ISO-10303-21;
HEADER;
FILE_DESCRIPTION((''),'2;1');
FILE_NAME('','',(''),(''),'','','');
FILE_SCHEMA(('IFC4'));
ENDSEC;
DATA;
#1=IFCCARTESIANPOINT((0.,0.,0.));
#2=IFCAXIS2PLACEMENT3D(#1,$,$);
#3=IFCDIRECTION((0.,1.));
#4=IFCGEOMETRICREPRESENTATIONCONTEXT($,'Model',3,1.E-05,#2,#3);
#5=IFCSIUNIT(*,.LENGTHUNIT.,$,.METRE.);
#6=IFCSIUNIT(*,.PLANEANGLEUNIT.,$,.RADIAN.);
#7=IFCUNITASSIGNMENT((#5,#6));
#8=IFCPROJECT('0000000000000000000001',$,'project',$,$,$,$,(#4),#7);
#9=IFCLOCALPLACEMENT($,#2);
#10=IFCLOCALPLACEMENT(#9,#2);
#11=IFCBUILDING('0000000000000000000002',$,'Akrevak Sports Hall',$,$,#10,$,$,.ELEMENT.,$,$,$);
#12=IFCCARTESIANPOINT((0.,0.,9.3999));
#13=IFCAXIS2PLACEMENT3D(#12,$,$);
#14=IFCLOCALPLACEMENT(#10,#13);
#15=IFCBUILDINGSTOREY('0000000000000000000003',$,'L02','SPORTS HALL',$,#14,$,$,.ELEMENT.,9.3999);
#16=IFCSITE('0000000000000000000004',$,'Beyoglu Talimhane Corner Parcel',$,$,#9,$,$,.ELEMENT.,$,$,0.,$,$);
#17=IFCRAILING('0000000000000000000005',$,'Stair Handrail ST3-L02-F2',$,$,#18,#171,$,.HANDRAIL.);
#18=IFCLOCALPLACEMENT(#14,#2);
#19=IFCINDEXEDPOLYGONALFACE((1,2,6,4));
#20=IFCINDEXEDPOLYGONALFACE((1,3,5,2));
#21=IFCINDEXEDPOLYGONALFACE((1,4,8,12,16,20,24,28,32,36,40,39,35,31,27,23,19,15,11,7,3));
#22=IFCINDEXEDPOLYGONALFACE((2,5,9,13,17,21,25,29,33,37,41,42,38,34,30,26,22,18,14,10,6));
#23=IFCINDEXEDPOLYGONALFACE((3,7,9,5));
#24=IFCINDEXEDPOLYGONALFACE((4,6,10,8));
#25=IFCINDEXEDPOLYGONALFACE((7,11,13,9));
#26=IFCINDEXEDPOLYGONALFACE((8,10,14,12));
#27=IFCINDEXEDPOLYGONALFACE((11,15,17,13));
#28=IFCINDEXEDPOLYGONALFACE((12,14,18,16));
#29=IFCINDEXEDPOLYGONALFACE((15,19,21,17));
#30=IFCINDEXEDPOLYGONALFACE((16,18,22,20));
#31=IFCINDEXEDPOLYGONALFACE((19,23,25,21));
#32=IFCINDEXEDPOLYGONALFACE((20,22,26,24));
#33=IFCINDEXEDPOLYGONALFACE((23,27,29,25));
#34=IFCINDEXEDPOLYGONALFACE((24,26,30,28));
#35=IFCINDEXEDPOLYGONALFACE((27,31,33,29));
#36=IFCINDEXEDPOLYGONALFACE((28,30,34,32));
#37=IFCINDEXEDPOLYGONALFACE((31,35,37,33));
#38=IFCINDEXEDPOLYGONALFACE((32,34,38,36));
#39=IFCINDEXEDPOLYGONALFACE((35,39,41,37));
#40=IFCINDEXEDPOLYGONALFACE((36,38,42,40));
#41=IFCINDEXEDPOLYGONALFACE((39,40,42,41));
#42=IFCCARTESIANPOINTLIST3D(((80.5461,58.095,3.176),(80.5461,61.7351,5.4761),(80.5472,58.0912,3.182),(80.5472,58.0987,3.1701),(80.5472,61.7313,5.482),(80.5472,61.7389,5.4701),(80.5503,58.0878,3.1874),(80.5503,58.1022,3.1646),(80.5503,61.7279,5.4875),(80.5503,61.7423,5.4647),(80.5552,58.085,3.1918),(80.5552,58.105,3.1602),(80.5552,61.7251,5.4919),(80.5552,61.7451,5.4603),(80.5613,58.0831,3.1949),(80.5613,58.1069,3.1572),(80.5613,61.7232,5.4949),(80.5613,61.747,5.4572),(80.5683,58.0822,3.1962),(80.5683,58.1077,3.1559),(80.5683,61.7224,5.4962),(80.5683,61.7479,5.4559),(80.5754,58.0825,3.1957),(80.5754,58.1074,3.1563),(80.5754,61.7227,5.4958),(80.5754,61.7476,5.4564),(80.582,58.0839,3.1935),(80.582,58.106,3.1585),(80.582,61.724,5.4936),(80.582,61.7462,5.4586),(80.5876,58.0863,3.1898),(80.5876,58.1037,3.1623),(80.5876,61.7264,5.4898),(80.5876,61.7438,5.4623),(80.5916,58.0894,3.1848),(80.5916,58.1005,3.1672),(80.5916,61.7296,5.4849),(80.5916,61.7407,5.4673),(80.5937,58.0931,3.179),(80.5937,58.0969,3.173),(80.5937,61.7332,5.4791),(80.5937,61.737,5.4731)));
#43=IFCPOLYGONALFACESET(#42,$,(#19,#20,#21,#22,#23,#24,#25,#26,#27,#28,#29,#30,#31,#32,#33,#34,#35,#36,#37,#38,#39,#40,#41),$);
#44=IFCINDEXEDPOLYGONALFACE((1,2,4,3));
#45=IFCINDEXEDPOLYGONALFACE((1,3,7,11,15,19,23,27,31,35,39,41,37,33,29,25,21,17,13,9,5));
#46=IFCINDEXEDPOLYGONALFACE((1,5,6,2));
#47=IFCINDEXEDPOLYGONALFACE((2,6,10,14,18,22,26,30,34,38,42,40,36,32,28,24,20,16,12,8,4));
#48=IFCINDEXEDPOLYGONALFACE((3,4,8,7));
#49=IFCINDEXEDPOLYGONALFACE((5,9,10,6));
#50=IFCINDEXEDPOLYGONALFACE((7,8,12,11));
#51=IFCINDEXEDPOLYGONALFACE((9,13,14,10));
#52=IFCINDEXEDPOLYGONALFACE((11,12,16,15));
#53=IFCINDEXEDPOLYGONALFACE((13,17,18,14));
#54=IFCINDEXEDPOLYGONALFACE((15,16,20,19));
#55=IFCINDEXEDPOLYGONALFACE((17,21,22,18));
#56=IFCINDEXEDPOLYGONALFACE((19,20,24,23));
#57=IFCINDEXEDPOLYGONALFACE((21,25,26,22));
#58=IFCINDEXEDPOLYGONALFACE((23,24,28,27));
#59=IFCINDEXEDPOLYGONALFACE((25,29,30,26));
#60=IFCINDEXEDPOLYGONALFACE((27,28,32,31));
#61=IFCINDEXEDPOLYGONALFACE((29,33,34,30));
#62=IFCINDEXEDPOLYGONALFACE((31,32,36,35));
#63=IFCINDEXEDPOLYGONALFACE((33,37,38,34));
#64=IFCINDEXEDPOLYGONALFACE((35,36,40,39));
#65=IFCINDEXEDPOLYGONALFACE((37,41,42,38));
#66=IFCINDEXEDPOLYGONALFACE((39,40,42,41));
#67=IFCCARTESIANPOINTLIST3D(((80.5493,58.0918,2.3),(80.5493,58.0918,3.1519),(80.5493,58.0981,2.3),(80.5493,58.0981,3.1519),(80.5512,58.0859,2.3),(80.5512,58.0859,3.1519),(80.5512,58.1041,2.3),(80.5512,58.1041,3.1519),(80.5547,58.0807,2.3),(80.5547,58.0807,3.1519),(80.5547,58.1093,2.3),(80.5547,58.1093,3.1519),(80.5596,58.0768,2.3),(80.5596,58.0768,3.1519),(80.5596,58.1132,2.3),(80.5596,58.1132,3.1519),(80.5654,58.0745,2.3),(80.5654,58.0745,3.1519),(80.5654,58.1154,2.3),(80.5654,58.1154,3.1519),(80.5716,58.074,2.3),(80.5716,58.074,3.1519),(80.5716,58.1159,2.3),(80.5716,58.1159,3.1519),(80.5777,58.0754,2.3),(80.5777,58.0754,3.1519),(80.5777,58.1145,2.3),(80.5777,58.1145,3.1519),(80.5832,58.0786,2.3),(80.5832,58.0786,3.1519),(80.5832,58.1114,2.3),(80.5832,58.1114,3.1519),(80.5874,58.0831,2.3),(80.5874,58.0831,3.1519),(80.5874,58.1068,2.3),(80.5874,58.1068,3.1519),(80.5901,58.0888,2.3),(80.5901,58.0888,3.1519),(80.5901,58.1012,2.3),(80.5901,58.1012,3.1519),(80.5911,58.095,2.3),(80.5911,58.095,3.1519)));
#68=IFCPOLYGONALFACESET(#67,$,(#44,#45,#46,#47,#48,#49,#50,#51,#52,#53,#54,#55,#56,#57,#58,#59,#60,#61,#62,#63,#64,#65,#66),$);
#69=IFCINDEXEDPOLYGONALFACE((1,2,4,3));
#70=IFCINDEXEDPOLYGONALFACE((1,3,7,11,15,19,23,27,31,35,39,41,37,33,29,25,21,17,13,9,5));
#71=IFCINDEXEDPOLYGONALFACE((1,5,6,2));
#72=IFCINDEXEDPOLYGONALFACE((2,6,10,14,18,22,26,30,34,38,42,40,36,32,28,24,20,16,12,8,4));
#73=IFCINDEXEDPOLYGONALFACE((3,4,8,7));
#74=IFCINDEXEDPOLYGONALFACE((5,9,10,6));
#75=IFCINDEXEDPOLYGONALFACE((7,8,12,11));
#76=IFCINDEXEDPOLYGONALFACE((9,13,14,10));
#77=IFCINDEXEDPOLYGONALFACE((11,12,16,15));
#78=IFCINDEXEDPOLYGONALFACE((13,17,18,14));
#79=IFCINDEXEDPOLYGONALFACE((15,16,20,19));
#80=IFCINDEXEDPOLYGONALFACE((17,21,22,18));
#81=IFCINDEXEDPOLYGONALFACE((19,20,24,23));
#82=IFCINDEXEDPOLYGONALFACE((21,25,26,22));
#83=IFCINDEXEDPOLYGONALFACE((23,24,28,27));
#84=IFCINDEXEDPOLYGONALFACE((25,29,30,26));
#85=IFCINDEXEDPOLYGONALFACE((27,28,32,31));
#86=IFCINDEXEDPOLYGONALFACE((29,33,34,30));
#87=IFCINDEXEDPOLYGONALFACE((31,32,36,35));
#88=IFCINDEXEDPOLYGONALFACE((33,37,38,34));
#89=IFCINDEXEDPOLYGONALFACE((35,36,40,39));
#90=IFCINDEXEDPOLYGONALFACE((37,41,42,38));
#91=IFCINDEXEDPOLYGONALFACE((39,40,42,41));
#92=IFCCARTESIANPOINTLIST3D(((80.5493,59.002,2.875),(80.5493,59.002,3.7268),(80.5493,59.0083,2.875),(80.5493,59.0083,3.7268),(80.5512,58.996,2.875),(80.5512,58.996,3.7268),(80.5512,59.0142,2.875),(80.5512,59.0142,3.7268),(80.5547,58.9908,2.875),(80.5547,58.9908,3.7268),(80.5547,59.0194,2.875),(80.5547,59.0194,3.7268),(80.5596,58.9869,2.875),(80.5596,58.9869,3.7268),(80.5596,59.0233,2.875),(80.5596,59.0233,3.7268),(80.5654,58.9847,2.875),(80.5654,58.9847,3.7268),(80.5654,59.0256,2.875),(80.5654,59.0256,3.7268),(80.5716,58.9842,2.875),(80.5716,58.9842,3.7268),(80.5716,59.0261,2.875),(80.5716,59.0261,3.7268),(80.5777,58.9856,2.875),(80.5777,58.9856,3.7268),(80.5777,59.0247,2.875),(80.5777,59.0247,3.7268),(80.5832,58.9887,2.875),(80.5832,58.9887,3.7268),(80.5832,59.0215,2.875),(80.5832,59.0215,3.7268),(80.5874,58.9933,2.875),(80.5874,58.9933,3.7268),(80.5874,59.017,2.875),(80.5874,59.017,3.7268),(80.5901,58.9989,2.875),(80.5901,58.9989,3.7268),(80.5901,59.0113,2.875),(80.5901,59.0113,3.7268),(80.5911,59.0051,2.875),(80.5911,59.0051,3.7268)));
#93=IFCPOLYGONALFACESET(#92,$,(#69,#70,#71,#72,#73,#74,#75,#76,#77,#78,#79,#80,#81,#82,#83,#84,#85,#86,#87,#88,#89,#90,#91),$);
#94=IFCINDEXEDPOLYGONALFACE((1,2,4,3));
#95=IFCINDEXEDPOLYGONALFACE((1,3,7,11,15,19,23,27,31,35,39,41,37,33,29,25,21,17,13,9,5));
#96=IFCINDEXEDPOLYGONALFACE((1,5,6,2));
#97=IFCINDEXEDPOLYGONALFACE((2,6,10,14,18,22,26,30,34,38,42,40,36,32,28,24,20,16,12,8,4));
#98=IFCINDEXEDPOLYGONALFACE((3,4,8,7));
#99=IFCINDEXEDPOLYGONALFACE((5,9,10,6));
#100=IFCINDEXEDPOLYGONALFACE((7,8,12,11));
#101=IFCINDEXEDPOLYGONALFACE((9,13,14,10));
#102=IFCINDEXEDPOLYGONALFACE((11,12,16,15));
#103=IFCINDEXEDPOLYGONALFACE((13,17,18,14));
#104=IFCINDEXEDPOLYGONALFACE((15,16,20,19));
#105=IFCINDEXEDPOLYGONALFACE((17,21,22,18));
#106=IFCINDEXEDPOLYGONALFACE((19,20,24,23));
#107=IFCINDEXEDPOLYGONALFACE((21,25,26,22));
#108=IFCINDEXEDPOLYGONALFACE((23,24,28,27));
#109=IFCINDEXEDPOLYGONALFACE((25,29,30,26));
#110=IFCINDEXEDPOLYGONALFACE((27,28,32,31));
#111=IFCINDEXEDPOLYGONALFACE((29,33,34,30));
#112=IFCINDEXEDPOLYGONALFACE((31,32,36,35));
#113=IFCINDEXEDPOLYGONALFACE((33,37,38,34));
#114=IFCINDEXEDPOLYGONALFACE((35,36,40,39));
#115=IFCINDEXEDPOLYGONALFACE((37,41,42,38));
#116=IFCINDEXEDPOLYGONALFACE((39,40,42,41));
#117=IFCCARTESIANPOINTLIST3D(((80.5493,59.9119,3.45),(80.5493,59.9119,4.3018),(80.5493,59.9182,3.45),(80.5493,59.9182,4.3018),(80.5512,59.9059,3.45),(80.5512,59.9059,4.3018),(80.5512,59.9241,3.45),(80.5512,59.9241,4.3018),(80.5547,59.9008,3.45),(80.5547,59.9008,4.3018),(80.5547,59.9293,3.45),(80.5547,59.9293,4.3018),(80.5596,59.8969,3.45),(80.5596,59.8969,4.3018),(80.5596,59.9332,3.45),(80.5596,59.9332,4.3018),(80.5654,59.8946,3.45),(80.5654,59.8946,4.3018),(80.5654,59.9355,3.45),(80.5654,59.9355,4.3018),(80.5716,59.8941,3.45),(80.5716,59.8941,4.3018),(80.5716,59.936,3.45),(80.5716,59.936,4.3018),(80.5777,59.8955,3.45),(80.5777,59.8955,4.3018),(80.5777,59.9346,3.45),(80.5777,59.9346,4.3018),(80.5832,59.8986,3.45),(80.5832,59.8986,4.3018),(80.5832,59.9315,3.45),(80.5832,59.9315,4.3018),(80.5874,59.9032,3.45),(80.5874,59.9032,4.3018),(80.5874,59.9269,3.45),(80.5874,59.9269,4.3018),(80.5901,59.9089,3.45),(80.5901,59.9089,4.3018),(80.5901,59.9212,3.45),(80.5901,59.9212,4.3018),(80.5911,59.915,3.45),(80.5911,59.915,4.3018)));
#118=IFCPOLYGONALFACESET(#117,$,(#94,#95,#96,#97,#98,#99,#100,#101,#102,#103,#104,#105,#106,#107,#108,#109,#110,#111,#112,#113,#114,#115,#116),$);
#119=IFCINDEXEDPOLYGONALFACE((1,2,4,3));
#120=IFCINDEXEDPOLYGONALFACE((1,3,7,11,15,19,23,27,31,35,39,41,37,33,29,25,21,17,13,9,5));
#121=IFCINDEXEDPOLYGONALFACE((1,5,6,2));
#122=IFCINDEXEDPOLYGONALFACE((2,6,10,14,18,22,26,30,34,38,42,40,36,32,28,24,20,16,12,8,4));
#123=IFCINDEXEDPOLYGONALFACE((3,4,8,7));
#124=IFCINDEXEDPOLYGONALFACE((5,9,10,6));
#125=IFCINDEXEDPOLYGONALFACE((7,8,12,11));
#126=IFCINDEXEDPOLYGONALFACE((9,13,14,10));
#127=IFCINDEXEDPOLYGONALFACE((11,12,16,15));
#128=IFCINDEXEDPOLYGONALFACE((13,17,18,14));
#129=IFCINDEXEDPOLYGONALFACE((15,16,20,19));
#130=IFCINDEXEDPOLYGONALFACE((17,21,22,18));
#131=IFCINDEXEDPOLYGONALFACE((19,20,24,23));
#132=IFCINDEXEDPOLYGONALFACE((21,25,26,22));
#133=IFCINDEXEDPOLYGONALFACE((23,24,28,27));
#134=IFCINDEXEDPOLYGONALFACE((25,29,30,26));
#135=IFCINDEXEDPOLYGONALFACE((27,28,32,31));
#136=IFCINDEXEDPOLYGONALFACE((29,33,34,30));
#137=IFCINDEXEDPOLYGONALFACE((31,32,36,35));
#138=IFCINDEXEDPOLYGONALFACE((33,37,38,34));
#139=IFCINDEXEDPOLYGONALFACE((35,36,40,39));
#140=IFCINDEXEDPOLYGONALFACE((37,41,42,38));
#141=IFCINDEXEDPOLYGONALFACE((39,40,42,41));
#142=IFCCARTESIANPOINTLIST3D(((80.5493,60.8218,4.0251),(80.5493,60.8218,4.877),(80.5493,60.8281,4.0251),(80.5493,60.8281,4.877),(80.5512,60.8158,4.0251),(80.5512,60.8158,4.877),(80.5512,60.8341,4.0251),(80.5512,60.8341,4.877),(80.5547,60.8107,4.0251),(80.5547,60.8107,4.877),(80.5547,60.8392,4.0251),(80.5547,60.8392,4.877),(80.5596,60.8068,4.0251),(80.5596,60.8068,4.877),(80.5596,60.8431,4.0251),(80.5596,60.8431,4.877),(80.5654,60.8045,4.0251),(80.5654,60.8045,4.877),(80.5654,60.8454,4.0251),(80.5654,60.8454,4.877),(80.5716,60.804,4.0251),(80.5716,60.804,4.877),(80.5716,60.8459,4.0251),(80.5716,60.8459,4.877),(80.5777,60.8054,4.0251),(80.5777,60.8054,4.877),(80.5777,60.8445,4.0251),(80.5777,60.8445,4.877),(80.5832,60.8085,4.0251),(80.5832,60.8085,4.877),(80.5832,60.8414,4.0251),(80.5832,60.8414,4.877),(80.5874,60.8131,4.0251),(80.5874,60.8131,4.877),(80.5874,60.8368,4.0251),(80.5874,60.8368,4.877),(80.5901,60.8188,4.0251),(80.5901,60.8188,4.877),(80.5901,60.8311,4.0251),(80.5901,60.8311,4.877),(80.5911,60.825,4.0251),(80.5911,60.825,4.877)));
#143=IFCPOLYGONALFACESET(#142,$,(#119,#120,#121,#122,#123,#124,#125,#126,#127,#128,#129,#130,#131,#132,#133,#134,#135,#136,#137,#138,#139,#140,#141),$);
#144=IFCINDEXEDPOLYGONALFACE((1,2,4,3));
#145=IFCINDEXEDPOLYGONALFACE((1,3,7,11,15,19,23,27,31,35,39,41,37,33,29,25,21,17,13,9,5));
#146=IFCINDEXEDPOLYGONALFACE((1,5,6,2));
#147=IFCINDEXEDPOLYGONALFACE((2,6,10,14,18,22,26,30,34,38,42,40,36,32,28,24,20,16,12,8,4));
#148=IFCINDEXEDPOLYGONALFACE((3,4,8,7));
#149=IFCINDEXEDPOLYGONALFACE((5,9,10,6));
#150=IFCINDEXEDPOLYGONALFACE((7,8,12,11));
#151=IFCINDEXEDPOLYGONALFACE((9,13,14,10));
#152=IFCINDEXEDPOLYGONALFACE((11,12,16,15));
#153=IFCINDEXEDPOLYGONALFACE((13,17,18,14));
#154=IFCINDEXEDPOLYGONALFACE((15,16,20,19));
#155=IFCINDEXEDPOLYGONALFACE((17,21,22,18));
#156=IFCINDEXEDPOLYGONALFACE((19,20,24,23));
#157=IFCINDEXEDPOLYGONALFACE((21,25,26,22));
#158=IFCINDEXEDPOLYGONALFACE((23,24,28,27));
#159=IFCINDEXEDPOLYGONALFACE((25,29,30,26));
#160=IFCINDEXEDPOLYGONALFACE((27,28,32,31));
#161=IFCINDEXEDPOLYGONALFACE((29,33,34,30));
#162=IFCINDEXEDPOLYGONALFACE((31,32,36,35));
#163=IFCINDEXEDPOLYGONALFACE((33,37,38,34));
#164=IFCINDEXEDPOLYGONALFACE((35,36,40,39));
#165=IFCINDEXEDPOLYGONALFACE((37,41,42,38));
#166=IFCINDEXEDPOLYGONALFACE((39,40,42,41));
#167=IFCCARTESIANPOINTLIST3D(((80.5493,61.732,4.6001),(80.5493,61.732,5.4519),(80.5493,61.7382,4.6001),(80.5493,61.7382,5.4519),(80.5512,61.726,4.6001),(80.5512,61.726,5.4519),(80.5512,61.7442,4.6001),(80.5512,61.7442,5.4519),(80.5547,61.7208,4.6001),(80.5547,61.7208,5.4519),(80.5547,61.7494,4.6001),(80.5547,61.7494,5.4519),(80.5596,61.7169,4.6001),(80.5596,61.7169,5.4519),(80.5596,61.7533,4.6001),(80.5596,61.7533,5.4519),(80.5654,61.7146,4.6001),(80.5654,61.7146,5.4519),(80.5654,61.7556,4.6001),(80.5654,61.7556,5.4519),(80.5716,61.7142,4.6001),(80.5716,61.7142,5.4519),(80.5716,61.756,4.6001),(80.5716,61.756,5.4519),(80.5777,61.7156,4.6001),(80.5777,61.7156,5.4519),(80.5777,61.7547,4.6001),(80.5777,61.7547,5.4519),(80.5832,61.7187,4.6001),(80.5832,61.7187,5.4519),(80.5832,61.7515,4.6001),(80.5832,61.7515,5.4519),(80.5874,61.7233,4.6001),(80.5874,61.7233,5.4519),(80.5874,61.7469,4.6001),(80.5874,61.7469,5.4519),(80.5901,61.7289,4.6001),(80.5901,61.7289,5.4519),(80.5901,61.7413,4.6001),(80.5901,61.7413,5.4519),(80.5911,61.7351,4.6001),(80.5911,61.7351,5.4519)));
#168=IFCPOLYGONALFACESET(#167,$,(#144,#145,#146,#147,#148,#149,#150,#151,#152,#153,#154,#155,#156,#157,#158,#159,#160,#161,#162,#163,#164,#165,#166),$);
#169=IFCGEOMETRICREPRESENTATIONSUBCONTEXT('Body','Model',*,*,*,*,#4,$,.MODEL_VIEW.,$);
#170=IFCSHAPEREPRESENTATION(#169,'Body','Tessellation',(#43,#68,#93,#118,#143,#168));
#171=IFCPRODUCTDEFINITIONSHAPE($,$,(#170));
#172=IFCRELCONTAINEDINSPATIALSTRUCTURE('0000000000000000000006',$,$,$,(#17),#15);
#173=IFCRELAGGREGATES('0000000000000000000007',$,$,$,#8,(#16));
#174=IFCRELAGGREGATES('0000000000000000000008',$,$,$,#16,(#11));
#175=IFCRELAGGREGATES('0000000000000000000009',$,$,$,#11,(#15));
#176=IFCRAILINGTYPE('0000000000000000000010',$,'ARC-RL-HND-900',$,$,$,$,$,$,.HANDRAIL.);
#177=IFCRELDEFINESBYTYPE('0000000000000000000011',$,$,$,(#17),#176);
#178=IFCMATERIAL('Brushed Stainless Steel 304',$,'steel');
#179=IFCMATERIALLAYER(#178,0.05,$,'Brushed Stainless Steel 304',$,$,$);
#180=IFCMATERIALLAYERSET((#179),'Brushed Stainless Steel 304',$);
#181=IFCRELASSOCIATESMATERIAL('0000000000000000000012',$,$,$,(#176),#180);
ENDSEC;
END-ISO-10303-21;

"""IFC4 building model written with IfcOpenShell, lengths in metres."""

from ifc_helpers import new_model, si_unit, direction, frame, origin, origin_2d, place, context, subcontext, project, spatial, circle, extrude, material, layer, layer_set, type_object, element, save


model = new_model("IFC4")

# Units and contexts
model_context = context("Model", 3, precision=1e-05, world=origin(), true_north=direction((0.0, 1.0)))
body_context = subcontext(model_context, "Body", "Model", "MODEL_VIEW")
ifc_project = project(units=[si_unit("LENGTHUNIT", "METRE"), si_unit("PLANEANGLEUNIT", "RADIAN")], contexts=[model_context])

# Site, building, storey
site_placement = place(None, origin())
site = spatial("IfcSite", under=ifc_project, at=site_placement, Name="Beyoglu Talimhane Corner Parcel", CompositionType="ELEMENT", RefElevation=0.0)
building_placement = place(site_placement, origin())
building = spatial("IfcBuilding", under=site, at=building_placement, Name="Akrevak Sports Hall", CompositionType="ELEMENT")
storey_placement = place(building_placement, frame((0.0, 0.0, 9.3999)))
storey = spatial("IfcBuildingStorey", under=building, at=storey_placement, Name="L02", Description="SPORTS HALL", CompositionType="ELEMENT", Elevation=9.3999)

# Railing
ifc_material_1 = material(Name="Brushed Stainless Steel 304", Category="steel")
ifc_layer_1 = layer(ifc_material_1, 0.05, Name="Brushed Stainless Steel 304")
ifc_layer_set_1 = layer_set([ifc_layer_1], Name="Brushed Stainless Steel 304")
railing_type_1 = type_object("IfcRailingType", Name="ARC-RL-HND-900", PredefinedType="HANDRAIL", material=ifc_layer_set_1)
railing_1_placement = place(storey_placement, frame((80.5701, 58.095, 2.3)))
element("IfcRailing", 1, at=railing_1_placement, inside=storey, type_object=railing_type_1, Name="Stair Handrail ST3-L02-F2", PredefinedType="HANDRAIL", context=body_context, shape_type="SweptSolid", body=[
    extrude(circle(Radius=0.0239, at=origin_2d()), frame((0.0, 0.0, 0.876), z_axis=(0.0, 0.845382, 0.534162), x_axis=(-1.0, 0.0, 0.0)), (0.0, 0.0, 1.0), 4.3059),
    extrude(circle(Radius=0.021, at=origin_2d()), origin(), (0.0, 0.0, 1.0), 0.8518),
    extrude(circle(Radius=0.021, at=origin_2d()), frame((0.0, 0.9102, 0.575)), (0.0, 0.0, 1.0), 0.8518),
    extrude(circle(Radius=0.021, at=origin_2d()), frame((0.0, 1.8201, 1.1499)), (0.0, 0.0, 1.0), 0.8518),
    extrude(circle(Radius=0.021, at=origin_2d()), frame((0.0, 2.73, 1.7251)), (0.0, 0.0, 1.0), 0.8518),
    extrude(circle(Radius=0.021, at=origin_2d()), frame((0.0, 3.6401, 2.3)), (0.0, 0.0, 1.0), 0.8518),
])

save(model, "model.ifc")
